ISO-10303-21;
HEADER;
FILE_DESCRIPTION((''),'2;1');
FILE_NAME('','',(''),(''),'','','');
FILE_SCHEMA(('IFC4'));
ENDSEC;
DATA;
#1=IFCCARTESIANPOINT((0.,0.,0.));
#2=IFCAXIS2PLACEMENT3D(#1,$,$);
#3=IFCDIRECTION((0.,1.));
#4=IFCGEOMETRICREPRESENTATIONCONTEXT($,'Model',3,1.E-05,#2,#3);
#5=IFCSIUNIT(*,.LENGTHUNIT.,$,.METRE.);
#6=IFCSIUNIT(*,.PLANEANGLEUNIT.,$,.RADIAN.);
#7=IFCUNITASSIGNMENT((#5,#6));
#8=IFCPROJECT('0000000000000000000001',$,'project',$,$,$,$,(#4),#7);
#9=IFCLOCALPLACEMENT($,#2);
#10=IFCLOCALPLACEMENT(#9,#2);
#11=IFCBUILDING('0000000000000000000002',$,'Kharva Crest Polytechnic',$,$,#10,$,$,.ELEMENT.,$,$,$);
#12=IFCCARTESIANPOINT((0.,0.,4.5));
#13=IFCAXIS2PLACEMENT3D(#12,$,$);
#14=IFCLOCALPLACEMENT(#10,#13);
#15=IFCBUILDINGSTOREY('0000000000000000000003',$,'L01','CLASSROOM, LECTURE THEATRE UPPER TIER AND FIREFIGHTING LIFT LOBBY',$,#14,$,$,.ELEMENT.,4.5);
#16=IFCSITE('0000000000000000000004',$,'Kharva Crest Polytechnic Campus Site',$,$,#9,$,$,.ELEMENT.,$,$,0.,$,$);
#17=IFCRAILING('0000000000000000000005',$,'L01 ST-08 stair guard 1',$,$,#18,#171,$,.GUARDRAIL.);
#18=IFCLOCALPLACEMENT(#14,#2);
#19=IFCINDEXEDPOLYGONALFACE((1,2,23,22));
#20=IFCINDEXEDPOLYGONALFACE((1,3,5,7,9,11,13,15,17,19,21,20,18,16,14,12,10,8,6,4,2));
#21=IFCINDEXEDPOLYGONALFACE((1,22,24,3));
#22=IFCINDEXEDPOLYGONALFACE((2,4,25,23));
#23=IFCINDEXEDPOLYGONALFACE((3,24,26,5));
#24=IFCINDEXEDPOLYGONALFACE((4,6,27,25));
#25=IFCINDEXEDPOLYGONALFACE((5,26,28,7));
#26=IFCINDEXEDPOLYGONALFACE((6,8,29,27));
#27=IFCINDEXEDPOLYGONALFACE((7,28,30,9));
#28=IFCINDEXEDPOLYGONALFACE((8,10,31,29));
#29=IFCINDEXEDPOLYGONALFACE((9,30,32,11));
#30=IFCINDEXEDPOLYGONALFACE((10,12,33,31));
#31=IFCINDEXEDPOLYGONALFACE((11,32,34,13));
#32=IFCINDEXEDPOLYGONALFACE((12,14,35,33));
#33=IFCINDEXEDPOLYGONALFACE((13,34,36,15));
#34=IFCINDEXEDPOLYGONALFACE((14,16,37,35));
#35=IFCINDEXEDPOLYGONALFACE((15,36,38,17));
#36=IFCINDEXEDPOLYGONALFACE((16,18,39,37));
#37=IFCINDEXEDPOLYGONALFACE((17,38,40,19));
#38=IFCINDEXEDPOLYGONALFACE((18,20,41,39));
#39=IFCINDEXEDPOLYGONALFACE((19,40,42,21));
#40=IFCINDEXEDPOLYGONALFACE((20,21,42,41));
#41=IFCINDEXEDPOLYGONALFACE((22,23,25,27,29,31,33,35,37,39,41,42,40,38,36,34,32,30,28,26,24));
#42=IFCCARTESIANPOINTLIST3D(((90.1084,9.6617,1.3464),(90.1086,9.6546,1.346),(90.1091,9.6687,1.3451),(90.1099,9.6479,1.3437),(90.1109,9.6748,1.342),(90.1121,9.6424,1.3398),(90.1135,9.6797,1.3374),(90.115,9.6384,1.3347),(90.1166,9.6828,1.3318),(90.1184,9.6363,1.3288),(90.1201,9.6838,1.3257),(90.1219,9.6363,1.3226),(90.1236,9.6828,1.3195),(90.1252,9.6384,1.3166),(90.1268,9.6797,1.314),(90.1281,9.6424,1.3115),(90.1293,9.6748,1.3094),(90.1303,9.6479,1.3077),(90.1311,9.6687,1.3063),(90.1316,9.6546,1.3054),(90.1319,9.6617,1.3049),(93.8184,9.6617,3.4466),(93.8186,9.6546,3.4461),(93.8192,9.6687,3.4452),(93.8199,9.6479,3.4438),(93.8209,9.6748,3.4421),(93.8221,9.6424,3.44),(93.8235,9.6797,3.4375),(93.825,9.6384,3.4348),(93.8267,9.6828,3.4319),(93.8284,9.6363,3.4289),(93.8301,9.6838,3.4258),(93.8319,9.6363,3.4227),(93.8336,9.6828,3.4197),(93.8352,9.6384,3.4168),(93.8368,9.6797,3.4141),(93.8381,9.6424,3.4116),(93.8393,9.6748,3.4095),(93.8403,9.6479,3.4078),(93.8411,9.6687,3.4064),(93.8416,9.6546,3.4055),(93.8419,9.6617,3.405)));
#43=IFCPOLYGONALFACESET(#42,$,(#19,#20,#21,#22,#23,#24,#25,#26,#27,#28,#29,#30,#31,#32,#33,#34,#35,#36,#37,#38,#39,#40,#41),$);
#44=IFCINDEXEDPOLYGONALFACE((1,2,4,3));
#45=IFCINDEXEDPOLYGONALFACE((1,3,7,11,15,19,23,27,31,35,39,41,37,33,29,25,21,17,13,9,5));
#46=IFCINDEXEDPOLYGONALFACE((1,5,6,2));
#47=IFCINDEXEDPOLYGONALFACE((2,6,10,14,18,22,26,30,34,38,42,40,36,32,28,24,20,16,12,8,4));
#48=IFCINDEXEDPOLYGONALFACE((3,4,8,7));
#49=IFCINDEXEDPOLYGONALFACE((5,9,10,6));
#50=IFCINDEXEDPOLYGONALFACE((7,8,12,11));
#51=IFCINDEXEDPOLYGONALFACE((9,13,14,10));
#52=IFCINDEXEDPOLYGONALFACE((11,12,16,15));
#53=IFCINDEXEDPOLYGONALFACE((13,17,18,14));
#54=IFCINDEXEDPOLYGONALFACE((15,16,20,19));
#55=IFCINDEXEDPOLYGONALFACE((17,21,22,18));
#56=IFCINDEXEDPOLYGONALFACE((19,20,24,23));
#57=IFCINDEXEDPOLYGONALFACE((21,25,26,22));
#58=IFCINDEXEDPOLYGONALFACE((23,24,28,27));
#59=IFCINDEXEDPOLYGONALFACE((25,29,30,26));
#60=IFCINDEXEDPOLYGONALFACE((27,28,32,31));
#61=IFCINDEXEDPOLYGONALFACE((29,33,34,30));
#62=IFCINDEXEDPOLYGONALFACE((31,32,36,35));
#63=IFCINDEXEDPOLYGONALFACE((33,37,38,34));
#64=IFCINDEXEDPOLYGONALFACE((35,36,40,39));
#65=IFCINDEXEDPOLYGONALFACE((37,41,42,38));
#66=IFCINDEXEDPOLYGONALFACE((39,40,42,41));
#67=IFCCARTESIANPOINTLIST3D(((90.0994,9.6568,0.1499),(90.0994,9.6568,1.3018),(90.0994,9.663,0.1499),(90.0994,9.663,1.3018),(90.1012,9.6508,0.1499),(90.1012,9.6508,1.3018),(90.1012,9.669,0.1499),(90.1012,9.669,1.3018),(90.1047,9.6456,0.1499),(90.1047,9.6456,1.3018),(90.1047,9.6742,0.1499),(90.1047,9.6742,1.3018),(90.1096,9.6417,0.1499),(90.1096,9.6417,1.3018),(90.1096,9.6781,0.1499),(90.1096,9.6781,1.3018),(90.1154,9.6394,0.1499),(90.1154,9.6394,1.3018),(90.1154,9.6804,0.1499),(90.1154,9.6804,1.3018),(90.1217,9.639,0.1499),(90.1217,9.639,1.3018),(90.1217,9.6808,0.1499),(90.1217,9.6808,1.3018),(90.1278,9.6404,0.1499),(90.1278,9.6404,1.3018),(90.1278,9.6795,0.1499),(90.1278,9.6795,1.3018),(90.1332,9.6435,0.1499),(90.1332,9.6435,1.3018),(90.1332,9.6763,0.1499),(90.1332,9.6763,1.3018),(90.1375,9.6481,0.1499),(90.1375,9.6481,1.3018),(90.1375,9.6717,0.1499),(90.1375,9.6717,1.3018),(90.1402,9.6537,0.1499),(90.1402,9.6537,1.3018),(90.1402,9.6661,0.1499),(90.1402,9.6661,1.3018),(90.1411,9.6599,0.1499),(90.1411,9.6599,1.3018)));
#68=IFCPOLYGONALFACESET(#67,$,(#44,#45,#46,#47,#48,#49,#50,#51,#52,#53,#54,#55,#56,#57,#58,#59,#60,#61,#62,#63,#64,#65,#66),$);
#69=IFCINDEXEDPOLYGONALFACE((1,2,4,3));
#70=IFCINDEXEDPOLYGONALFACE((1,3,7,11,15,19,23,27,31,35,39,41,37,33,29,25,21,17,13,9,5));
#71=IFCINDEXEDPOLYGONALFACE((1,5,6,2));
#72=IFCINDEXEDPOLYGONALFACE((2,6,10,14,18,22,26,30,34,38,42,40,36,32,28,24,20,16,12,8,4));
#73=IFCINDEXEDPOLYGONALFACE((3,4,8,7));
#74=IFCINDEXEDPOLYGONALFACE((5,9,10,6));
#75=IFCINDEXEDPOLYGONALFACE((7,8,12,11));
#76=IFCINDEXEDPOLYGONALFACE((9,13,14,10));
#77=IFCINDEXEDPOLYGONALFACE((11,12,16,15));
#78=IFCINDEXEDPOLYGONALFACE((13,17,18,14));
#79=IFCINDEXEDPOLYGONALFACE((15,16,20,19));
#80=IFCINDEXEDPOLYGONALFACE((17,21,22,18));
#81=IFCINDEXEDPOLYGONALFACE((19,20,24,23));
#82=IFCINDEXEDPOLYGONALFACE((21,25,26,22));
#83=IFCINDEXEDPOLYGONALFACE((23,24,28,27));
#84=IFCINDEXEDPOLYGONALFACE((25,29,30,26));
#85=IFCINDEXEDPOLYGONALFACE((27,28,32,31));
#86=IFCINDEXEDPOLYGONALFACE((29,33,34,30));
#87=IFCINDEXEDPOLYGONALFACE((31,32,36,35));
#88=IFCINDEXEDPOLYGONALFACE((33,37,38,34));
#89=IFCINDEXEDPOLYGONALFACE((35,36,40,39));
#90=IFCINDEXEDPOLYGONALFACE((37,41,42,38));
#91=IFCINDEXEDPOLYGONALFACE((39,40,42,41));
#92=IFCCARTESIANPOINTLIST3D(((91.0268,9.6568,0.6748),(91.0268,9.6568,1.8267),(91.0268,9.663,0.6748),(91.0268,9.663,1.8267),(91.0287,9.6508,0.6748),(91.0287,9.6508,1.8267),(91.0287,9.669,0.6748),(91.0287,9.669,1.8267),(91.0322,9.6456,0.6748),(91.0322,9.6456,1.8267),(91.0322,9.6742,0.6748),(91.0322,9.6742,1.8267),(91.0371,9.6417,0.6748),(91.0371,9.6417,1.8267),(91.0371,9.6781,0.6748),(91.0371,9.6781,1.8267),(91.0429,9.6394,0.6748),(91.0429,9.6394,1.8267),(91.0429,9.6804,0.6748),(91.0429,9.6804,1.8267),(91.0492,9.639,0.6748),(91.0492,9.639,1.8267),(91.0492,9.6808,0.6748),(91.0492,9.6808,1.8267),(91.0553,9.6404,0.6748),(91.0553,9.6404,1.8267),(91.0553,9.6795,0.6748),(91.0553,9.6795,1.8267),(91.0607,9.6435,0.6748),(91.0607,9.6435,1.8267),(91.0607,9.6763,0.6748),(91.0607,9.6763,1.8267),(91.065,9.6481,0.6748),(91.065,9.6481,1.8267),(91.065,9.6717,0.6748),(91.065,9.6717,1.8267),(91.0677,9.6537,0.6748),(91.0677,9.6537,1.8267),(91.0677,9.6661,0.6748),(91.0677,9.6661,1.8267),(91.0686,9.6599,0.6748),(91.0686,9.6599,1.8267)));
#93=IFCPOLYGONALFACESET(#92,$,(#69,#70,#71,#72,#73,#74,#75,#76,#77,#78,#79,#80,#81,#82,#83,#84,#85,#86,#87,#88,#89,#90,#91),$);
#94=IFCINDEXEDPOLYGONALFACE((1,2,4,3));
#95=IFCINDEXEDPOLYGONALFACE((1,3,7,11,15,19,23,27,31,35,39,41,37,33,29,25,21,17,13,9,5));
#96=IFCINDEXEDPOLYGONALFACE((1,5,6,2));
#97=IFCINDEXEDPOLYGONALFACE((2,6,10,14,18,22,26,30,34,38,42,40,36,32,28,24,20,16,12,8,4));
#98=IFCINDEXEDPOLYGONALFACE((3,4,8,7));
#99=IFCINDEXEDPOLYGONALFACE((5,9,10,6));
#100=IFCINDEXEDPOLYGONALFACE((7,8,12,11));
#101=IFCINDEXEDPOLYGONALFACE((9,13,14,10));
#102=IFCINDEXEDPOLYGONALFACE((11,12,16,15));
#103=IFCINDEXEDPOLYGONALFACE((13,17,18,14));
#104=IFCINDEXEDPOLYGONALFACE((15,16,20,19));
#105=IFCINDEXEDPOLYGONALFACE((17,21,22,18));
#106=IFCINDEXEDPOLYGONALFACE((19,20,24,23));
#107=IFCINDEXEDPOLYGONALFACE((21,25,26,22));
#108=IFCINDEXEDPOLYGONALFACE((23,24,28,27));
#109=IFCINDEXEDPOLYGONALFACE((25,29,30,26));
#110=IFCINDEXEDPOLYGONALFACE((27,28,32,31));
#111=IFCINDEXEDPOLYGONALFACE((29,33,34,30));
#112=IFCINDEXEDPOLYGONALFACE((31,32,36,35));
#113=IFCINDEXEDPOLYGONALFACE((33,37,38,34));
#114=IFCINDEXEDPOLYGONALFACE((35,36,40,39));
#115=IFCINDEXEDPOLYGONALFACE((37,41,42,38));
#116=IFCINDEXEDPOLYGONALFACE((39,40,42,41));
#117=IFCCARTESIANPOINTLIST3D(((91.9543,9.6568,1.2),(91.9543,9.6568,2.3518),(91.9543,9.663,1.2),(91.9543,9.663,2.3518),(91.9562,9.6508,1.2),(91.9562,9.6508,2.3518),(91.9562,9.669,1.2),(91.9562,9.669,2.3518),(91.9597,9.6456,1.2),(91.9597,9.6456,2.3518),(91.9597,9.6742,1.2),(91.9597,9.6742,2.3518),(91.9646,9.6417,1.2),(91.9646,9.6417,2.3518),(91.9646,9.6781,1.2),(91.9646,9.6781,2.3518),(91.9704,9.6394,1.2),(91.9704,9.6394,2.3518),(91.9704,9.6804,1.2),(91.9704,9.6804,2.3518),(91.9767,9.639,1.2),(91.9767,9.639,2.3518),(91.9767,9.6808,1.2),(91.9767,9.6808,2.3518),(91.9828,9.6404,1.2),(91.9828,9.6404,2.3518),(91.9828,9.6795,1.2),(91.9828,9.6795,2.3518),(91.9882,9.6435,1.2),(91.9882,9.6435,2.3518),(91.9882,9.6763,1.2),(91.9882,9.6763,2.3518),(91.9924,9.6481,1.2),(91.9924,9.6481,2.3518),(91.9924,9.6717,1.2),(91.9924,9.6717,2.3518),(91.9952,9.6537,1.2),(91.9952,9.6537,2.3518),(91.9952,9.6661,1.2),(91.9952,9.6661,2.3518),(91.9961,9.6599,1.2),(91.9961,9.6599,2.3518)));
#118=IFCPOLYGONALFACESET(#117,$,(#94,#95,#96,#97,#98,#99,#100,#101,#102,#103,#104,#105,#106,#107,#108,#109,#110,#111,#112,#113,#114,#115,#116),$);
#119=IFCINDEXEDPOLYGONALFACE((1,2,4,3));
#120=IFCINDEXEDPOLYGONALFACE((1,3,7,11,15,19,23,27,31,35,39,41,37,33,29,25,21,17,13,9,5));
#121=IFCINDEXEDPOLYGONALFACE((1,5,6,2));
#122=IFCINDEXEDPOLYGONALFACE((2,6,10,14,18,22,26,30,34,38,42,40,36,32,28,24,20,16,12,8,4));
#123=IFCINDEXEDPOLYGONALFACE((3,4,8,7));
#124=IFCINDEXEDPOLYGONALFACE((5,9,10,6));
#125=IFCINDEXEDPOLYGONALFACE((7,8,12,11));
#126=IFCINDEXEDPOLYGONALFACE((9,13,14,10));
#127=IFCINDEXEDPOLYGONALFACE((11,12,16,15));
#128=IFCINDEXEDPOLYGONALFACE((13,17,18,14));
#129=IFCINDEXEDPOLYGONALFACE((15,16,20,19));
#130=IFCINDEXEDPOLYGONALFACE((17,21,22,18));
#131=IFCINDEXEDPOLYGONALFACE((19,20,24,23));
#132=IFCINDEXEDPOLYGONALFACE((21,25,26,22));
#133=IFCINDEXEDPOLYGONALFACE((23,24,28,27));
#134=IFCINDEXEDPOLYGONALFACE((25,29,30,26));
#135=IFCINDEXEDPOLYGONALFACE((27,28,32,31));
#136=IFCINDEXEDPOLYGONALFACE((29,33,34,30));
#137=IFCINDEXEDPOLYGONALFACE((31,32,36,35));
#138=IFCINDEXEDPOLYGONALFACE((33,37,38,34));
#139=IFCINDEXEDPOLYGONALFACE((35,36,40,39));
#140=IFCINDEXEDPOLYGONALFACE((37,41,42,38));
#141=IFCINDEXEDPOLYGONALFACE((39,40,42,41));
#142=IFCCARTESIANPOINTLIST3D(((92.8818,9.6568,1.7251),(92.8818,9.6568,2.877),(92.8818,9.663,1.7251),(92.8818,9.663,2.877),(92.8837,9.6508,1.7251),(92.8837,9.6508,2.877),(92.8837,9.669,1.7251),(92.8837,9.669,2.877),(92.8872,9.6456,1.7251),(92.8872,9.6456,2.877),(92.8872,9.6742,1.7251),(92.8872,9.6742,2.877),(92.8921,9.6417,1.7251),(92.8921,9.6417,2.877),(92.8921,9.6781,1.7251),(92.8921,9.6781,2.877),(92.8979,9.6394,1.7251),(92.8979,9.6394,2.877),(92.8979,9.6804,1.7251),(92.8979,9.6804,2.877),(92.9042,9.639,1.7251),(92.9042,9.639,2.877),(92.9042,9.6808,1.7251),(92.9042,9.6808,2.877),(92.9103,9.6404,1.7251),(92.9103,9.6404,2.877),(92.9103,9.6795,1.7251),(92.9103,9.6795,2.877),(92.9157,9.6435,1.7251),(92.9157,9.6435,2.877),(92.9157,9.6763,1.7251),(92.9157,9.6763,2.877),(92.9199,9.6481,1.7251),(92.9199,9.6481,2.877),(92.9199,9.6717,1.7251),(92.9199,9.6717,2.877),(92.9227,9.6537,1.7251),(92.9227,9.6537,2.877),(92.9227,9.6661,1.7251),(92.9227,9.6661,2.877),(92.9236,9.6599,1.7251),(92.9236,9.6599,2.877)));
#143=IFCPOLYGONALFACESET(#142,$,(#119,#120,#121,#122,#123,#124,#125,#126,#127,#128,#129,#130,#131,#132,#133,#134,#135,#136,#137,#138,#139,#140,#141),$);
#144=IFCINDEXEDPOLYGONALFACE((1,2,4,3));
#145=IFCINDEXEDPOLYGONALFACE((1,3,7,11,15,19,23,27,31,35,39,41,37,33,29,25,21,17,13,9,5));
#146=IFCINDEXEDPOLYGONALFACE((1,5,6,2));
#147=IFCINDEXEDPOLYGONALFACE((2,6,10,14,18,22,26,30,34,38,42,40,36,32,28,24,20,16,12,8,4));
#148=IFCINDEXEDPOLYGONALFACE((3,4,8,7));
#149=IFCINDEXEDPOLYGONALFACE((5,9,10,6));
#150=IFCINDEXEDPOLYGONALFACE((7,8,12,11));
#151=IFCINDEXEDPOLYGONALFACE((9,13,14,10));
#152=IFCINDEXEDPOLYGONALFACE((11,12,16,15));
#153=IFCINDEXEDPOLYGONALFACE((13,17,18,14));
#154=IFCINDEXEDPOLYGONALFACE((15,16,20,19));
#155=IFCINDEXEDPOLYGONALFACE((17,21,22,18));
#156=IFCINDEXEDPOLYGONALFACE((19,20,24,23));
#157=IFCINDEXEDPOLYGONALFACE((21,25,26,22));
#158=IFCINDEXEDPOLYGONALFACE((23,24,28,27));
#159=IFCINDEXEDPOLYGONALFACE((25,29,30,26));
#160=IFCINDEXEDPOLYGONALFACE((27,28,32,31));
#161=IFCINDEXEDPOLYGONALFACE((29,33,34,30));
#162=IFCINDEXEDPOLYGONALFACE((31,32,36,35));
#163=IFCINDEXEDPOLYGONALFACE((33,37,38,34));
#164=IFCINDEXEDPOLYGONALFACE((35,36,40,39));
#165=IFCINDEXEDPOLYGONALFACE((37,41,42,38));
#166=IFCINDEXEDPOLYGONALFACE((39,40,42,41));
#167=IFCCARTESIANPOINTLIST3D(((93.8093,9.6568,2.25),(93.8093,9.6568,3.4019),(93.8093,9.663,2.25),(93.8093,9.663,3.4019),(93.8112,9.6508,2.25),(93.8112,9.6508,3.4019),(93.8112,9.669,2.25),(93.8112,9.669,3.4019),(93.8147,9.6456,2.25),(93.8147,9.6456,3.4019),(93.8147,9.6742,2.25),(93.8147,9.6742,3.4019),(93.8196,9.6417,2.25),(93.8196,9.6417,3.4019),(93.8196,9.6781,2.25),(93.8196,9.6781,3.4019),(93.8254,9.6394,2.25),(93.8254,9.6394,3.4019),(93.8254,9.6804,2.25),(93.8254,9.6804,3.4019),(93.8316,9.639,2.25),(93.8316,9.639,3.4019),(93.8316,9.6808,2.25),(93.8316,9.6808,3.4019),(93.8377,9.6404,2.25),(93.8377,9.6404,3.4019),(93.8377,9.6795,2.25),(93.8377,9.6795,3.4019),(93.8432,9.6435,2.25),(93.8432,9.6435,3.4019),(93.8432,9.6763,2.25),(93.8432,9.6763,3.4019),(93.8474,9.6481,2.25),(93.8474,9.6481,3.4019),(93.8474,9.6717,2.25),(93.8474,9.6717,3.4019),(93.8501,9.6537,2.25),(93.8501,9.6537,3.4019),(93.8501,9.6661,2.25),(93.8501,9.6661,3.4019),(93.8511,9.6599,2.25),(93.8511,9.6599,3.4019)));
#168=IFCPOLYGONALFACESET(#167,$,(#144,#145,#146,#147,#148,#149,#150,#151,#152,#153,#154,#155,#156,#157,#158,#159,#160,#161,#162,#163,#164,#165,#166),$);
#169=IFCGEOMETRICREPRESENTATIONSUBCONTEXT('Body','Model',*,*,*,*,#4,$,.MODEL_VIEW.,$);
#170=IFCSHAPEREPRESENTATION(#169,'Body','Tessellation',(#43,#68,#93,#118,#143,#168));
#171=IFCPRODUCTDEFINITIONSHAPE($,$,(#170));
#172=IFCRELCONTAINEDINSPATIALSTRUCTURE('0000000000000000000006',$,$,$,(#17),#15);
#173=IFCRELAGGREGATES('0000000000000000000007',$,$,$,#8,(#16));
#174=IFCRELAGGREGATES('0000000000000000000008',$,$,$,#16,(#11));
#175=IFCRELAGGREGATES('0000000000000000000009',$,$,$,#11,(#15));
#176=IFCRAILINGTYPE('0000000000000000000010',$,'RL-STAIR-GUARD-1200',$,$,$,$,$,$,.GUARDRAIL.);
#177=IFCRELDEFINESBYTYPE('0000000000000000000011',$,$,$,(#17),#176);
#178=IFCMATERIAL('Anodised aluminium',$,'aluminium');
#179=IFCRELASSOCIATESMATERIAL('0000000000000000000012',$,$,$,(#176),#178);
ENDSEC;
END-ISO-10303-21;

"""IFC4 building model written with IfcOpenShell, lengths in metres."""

from ifc_helpers import new_model, si_unit, direction, frame, origin, origin_2d, place, context, subcontext, project, spatial, circle, extrude, material, type_object, element, save


model = new_model("IFC4")

# Units and contexts
model_context = context("Model", 3, precision=1e-05, world=origin(), true_north=direction((0.0, 1.0)))
body_context = subcontext(model_context, "Body", "Model", "MODEL_VIEW")
ifc_project = project(units=[si_unit("LENGTHUNIT", "METRE"), si_unit("PLANEANGLEUNIT", "RADIAN")], contexts=[model_context])

# Site, building, storey
site_placement = place(None, origin())
site = spatial("IfcSite", under=ifc_project, at=site_placement, Name="Kharva Crest Polytechnic Campus Site", CompositionType="ELEMENT", RefElevation=0.0)
building_placement = place(site_placement, origin())
building = spatial("IfcBuilding", under=site, at=building_placement, Name="Kharva Crest Polytechnic", CompositionType="ELEMENT")
storey_placement = place(building_placement, frame((0.0, 0.0, 4.5)))
storey = spatial("IfcBuildingStorey", under=building, at=storey_placement, Name="L01", Description="CLASSROOM, LECTURE THEATRE UPPER TIER AND FIREFIGHTING LIFT LOBBY", CompositionType="ELEMENT", Elevation=4.5)

# Shared definitions
ifc_material_1 = material(Name="Anodised aluminium", Category="aluminium")

# Railing
railing_type_1 = type_object("IfcRailingType", Name="RL-STAIR-GUARD-1200", PredefinedType="GUARDRAIL", material=ifc_material_1)
railing_1_placement = place(storey_placement, frame((90.1201, 9.6599, 0.1499)))
element("IfcRailing", 1, at=railing_1_placement, inside=storey, type_object=railing_type_1, Name="L01 ST-08 stair guard 1", PredefinedType="GUARDRAIL", context=body_context, shape_type="SweptSolid", body=[
    extrude(circle(Radius=0.0239, at=origin_2d()), frame((0.0, 0.0, 1.1758), z_axis=(0.870245, 0.0, 0.492619), x_axis=(0.0, 1.0, 0.0)), (0.0, 0.0, 1.0), 4.2632),
    extrude(circle(Radius=0.021, at=origin_2d()), origin(), (0.0, 0.0, 1.0), 1.1519),
    extrude(circle(Radius=0.021, at=origin_2d()), frame((0.9275, 0.0, 0.5249)), (0.0, 0.0, 1.0), 1.1519),
    extrude(circle(Radius=0.021, at=origin_2d()), frame((1.855, 0.0, 1.05)), (0.0, 0.0, 1.0), 1.1519),
    extrude(circle(Radius=0.021, at=origin_2d()), frame((2.7825, 0.0, 1.5752)), (0.0, 0.0, 1.0), 1.1519),
    extrude(circle(Radius=0.021, at=origin_2d()), frame((3.71, 0.0, 2.1001)), (0.0, 0.0, 1.0), 1.1519),
])

save(model, "model.ifc")
